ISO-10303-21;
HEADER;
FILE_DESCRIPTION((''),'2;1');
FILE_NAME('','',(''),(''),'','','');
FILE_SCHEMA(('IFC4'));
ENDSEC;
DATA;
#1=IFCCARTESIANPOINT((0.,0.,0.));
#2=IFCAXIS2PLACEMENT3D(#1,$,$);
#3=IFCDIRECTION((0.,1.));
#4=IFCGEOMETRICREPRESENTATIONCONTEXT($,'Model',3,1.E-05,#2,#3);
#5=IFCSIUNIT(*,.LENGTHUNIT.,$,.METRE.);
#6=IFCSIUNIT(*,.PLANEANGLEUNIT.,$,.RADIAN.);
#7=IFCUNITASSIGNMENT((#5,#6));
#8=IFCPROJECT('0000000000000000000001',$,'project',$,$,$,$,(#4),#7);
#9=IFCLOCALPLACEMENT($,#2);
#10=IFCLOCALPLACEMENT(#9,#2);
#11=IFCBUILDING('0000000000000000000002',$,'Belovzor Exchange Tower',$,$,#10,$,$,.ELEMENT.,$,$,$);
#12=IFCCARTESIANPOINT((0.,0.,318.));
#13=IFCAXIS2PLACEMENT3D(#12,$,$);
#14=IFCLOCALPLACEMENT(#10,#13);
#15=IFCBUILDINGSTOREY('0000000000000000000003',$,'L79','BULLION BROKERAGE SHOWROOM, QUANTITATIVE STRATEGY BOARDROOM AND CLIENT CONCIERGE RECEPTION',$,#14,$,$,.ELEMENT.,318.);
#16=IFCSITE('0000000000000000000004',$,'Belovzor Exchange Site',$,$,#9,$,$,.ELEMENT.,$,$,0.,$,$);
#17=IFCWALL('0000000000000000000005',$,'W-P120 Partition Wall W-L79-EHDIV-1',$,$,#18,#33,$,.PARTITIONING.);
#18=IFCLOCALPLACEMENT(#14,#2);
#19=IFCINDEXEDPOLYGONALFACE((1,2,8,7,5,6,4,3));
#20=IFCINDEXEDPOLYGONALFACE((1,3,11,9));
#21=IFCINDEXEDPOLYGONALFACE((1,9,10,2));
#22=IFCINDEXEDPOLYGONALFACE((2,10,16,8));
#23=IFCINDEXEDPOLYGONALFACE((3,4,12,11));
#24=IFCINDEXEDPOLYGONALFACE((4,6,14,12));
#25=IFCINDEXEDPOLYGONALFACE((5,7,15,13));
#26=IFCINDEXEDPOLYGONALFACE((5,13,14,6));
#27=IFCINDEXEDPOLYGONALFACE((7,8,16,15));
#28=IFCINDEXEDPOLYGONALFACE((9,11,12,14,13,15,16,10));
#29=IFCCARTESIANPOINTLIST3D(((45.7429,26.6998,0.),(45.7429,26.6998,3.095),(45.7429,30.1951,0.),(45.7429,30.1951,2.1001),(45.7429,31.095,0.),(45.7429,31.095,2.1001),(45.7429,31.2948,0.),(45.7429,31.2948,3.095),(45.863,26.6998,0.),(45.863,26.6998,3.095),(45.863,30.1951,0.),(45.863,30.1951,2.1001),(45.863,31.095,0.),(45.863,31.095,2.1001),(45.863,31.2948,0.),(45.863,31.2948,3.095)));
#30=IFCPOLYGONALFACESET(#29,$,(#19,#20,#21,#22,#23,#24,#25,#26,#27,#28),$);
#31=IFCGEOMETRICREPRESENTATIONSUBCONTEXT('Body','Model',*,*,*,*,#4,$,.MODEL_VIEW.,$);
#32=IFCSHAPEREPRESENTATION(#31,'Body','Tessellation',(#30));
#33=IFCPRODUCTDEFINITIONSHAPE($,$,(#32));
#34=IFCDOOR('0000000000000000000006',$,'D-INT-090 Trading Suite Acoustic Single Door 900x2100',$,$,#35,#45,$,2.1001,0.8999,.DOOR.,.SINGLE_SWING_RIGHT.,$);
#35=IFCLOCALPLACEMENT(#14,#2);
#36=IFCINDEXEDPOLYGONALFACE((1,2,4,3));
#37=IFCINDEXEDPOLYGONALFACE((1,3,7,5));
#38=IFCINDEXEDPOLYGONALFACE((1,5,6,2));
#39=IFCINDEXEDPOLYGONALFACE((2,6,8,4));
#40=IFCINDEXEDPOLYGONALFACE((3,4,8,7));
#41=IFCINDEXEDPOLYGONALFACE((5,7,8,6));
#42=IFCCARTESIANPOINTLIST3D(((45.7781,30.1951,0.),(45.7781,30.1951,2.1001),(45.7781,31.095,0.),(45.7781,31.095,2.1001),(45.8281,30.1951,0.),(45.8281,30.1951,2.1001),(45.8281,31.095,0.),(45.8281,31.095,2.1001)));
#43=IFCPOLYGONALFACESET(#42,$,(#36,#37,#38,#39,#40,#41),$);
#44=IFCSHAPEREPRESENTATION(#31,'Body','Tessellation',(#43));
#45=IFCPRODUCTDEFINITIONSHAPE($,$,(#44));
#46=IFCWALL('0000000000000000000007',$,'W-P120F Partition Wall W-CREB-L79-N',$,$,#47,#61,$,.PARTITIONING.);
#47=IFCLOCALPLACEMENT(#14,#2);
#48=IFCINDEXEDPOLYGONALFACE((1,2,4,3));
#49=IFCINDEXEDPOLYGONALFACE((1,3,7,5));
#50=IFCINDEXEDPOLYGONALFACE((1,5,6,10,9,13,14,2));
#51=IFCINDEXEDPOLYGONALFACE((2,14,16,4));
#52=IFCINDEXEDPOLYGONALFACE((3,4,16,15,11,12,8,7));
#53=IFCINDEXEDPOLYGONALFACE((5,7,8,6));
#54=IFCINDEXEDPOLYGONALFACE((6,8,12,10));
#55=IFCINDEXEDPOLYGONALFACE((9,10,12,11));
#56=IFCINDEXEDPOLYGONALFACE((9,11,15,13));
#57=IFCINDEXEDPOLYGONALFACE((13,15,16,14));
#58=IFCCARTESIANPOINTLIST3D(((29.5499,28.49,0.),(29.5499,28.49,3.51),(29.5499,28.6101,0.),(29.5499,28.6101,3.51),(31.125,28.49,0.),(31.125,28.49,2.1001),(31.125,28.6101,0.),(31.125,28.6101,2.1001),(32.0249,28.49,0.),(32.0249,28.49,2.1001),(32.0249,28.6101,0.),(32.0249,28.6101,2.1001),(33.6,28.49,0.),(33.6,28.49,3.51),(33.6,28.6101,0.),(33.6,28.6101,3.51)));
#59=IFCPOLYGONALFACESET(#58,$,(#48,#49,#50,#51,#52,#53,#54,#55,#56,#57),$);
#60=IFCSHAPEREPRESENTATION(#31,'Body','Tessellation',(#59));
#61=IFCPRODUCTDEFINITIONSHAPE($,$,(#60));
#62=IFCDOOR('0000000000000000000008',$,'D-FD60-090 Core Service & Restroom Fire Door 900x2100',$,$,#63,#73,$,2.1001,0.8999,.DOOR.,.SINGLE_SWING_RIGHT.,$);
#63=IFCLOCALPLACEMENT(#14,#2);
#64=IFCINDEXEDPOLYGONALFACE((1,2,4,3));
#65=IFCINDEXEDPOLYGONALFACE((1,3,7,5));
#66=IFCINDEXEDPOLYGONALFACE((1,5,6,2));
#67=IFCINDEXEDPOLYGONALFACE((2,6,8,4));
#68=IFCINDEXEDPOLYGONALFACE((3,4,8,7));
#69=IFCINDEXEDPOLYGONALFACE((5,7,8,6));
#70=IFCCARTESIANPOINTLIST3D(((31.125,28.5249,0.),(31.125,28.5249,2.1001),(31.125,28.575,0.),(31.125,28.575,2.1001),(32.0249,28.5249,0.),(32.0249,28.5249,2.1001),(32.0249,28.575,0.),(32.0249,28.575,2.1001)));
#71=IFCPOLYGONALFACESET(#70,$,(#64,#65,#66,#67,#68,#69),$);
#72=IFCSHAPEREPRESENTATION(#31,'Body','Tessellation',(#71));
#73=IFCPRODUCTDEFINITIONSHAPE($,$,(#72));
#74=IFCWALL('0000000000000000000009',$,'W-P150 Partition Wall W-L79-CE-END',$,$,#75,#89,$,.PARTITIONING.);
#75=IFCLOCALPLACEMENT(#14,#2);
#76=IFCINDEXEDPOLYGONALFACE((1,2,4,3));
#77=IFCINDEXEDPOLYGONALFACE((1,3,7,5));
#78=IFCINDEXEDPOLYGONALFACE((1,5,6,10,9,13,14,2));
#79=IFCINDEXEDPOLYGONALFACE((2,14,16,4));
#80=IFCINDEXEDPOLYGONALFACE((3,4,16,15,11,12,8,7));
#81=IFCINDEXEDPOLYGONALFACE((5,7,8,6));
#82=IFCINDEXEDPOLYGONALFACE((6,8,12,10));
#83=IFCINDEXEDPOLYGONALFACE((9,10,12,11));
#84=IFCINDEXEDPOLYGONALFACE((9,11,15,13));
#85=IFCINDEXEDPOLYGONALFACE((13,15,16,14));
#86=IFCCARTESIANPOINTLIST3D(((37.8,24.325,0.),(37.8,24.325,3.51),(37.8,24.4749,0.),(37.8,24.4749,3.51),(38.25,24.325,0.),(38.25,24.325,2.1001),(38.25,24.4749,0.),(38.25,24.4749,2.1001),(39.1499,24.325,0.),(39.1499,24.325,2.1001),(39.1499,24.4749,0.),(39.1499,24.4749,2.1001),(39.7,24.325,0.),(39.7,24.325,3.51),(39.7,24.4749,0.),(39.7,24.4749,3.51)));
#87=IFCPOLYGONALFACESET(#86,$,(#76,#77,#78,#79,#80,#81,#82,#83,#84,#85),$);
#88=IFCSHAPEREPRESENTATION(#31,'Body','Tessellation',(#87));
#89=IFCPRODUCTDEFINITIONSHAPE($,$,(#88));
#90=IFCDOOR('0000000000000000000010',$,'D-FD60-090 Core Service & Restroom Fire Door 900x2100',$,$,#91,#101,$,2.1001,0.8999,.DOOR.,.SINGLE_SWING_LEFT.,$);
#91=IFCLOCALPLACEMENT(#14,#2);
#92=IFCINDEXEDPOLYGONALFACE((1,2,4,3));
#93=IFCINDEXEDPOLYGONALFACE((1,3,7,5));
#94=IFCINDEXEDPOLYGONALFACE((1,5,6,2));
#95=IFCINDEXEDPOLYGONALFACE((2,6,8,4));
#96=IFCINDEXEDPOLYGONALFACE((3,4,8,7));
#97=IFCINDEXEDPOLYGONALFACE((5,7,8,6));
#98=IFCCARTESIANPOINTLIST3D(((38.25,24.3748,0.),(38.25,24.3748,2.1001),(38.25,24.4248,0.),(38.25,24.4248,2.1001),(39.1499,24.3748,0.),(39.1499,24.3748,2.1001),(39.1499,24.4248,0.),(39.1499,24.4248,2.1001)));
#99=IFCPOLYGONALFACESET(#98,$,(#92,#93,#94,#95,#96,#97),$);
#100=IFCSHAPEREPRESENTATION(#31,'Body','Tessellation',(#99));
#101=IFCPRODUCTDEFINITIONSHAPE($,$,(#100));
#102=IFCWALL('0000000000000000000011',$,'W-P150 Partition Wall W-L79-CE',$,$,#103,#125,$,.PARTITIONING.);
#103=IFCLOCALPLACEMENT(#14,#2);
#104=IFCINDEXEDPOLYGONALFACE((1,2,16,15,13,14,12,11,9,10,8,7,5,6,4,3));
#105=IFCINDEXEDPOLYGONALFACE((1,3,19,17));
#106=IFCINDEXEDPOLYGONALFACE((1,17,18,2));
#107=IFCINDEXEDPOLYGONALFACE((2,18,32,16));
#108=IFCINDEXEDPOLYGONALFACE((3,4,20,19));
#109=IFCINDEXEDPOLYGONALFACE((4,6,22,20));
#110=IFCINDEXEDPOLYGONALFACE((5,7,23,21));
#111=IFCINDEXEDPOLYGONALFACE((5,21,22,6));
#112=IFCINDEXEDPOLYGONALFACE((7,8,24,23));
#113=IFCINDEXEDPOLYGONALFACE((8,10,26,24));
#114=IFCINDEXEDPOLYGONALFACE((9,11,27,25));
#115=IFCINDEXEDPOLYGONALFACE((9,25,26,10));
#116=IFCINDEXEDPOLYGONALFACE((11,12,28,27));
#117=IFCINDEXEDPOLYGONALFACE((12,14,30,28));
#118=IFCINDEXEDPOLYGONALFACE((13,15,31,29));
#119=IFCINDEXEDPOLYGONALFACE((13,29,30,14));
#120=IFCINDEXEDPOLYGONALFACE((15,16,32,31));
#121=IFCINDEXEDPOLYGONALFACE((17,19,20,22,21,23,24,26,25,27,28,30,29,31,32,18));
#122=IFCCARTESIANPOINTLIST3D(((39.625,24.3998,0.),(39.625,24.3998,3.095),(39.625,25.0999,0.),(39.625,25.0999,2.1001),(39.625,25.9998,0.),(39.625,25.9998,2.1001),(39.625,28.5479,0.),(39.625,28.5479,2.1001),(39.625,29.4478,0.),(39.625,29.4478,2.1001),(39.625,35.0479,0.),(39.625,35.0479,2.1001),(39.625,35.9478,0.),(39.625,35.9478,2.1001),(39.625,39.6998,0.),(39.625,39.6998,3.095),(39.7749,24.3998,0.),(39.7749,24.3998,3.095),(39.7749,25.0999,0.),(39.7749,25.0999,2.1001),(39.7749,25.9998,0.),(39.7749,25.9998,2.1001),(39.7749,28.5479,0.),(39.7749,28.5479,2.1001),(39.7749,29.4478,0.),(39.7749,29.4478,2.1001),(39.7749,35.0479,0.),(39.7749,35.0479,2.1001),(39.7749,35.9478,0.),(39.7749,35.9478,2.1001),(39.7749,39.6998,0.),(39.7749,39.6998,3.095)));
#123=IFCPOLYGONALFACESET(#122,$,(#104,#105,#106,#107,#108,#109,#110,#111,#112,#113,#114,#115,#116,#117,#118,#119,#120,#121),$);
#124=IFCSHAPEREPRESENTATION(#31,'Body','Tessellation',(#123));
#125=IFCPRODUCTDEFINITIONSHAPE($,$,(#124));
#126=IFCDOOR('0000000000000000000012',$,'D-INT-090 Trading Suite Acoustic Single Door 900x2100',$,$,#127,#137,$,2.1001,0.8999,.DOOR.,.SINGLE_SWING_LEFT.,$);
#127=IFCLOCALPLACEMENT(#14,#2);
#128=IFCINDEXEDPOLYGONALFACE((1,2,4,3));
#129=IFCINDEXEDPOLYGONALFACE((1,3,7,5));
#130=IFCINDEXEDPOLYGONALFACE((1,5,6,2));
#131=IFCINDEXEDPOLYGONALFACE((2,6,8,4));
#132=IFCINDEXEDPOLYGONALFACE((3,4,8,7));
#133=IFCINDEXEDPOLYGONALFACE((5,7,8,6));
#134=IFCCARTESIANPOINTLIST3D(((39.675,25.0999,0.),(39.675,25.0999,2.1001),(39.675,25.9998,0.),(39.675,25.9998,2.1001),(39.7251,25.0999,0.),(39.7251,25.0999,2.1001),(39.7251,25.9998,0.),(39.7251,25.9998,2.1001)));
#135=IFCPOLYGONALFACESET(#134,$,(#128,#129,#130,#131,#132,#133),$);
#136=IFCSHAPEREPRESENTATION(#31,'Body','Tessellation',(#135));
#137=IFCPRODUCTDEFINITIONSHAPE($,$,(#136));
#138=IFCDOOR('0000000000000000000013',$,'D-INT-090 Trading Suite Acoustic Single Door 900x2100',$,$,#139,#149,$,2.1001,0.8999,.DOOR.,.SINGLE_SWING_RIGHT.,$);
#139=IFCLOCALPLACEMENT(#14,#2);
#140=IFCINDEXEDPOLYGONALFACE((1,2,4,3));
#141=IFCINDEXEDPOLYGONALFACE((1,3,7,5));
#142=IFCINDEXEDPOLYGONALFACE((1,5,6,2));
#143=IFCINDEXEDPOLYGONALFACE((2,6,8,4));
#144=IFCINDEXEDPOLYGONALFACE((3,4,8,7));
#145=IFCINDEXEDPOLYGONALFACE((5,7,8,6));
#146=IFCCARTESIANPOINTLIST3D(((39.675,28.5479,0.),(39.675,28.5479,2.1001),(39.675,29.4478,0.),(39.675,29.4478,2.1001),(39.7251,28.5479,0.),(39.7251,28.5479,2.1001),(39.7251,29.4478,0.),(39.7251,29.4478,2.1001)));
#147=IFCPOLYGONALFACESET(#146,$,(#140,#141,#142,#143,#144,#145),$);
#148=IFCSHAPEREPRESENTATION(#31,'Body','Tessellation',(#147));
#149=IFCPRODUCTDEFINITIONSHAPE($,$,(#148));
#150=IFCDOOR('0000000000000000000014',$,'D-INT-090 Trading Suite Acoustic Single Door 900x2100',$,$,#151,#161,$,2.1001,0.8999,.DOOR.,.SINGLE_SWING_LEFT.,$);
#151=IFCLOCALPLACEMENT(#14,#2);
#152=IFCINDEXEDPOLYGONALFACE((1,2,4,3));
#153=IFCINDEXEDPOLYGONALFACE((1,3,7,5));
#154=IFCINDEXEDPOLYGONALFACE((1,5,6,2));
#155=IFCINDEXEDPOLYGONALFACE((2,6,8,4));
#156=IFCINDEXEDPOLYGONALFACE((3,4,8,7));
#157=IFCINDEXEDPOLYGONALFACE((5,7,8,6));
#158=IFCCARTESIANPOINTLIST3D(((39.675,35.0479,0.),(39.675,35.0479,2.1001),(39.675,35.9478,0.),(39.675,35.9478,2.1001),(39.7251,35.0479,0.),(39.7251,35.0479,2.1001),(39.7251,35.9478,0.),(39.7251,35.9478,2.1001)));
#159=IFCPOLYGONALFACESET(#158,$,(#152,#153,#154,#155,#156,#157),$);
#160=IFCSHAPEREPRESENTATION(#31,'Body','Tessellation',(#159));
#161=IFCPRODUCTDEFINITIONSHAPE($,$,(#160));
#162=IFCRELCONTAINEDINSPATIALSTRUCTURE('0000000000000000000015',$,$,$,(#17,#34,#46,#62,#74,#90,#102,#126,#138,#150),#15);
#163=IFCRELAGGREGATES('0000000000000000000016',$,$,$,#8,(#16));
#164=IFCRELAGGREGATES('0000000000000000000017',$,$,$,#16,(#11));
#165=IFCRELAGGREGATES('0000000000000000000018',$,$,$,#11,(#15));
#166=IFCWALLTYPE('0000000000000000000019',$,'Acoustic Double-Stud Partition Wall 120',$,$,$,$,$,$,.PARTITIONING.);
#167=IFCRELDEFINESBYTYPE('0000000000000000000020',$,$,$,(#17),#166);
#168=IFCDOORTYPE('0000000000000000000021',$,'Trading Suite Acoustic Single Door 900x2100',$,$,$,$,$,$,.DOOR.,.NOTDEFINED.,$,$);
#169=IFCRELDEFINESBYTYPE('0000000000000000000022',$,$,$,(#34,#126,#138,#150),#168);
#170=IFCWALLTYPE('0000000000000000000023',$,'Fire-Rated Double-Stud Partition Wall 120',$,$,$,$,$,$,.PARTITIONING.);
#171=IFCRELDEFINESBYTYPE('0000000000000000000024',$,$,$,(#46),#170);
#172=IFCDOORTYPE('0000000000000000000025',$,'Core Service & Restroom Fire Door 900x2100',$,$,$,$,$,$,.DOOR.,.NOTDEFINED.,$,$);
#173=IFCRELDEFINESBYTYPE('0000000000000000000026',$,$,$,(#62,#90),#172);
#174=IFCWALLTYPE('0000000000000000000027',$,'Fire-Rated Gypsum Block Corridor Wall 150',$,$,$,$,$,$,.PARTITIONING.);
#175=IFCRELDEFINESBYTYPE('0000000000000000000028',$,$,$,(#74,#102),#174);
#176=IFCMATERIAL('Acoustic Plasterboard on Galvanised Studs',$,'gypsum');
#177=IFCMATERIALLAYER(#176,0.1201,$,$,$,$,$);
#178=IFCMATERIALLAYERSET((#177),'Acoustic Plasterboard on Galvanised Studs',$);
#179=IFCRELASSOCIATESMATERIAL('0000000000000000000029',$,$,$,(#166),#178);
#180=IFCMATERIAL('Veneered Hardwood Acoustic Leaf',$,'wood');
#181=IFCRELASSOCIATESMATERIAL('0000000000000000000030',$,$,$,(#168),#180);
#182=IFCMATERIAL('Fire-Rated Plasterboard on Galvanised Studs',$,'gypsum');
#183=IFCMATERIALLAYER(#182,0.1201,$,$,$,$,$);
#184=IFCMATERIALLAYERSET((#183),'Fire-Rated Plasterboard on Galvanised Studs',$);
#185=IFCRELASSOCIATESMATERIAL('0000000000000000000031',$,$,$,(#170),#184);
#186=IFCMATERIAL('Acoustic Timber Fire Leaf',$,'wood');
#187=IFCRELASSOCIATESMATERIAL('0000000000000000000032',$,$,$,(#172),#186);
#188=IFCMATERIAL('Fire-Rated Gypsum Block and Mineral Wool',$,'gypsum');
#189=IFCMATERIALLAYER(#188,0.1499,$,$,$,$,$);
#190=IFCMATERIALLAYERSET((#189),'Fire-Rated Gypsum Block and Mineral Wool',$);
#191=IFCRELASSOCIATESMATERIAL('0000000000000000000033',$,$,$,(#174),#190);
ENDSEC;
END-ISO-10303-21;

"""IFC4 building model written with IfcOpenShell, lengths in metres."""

from ifc_helpers import new_model, si_unit, direction, frame, frame_2d, origin, place, context, subcontext, project, spatial, rectangle, extrude, material, layer, layer_set, type_object, element, fill, save


model = new_model("IFC4")

# Units and contexts
model_context = context("Model", 3, precision=1e-05, world=origin(), true_north=direction((0.0, 1.0)))
body_context = subcontext(model_context, "Body", "Model", "MODEL_VIEW")
ifc_project = project(units=[si_unit("LENGTHUNIT", "METRE"), si_unit("PLANEANGLEUNIT", "RADIAN")], contexts=[model_context])

# Site, building, storey
site_placement = place(None, origin())
site = spatial("IfcSite", under=ifc_project, at=site_placement, Name="Belovzor Exchange Site", CompositionType="ELEMENT", RefElevation=0.0)
building_placement = place(site_placement, origin())
building = spatial("IfcBuilding", under=site, at=building_placement, Name="Belovzor Exchange Tower", CompositionType="ELEMENT")
storey_placement = place(building_placement, frame((0.0, 0.0, 318.0)))
storey = spatial("IfcBuildingStorey", under=building, at=storey_placement, Name="L79", Description="BULLION BROKERAGE SHOWROOM, QUANTITATIVE STRATEGY BOARDROOM AND CLIENT CONCIERGE RECEPTION", CompositionType="ELEMENT", Elevation=318.0)

# Shared definitions
ifc_material_1 = material(Name="Acoustic Plasterboard on Galvanised Studs", Category="gypsum")
ifc_layer_1 = layer(ifc_material_1, 0.1201)
ifc_layer_set_1 = layer_set([ifc_layer_1], Name="Acoustic Plasterboard on Galvanised Studs")
wall_type_1 = type_object("IfcWallType", Name="Acoustic Double-Stud Partition Wall 120", PredefinedType="PARTITIONING", material=ifc_layer_set_1)

# Shared definitions
ifc_material_2 = material(Name="Veneered Hardwood Acoustic Leaf", Category="wood")
door_type_1 = type_object("IfcDoorType", Name="Trading Suite Acoustic Single Door 900x2100", OperationType="NOTDEFINED", PredefinedType="DOOR", material=ifc_material_2)

# Walls, openings, doors
wall_1_placement = place(storey_placement, frame((45.803, 26.7, 0.0), z_axis=(0.0, 0.0, 1.0), x_axis=(0.0, 1.0, 0.0)))
wall_1 = element("IfcWall", 1, at=wall_1_placement, inside=storey, type_object=wall_type_1, Name="W-P120 Partition Wall W-L79-EHDIV-1", PredefinedType="PARTITIONING", context=body_context, shape_type="SweptSolid", body=[
    extrude(rectangle(XDim=4.595, YDim=0.1201, at=frame_2d((2.2974, 0.0))), origin(), (0.0, 0.0, 1.0), 3.095),
])
opening_1_placement = place(wall_1_placement, frame((3.4951, 0.0, 0.0)))
opening_1 = element("IfcOpeningElement", 2, at=opening_1_placement, cuts=wall_1, PredefinedType="OPENING", context=body_context, shape_type="SweptSolid", body=[
    extrude(rectangle(XDim=0.8999, YDim=2.1001, at=frame_2d((0.45, 1.05))), frame((0.0, 0.0701, 0.0), z_axis=(0.0, -1.0, 0.0), x_axis=(1.0, 0.0, 0.0)), (0.0, 0.0, 1.0), 0.1401),
])
door_1_placement = place(opening_1_placement, origin())
door_1 = element("IfcDoor", 3, at=door_1_placement, inside=storey, type_object=door_type_1, Name="D-INT-090 Trading Suite Acoustic Single Door 900x2100", OperationType="SINGLE_SWING_RIGHT", OverallHeight=2.1001, OverallWidth=0.8999, PredefinedType="DOOR", context=body_context, shape_type="SweptSolid", body=[
    extrude(rectangle(XDim=0.8999, YDim=2.1001, at=frame_2d((0.45, 1.05))), frame((0.0, 0.0249, 0.0), z_axis=(0.0, -1.0, 0.0), x_axis=(1.0, 0.0, 0.0)), (0.0, 0.0, 1.0), 0.05),
])
fill(opening_1, door_1)
ifc_material_3 = material(Name="Fire-Rated Plasterboard on Galvanised Studs", Category="gypsum")
ifc_layer_2 = layer(ifc_material_3, 0.1201)
ifc_layer_set_2 = layer_set([ifc_layer_2], Name="Fire-Rated Plasterboard on Galvanised Studs")
wall_type_2 = type_object("IfcWallType", Name="Fire-Rated Double-Stud Partition Wall 120", PredefinedType="PARTITIONING", material=ifc_layer_set_2)
wall_2_placement = place(storey_placement, frame((29.55, 28.55, 0.0), z_axis=(0.0, 0.0, 1.0), x_axis=(1.0, 0.0, 0.0)))
wall_2 = element("IfcWall", 4, at=wall_2_placement, inside=storey, type_object=wall_type_2, Name="W-P120F Partition Wall W-CREB-L79-N", PredefinedType="PARTITIONING", context=body_context, shape_type="SweptSolid", body=[
    extrude(rectangle(XDim=4.05, YDim=0.1201, at=frame_2d((2.0249, 0.0))), origin(), (0.0, 0.0, 1.0), 3.51),
])
opening_2_placement = place(wall_2_placement, frame((1.575, 0.0, 0.0)))
opening_2 = element("IfcOpeningElement", 5, at=opening_2_placement, cuts=wall_2, PredefinedType="OPENING", context=body_context, shape_type="SweptSolid", body=[
    extrude(rectangle(XDim=0.8999, YDim=2.1001, at=frame_2d((0.45, 1.05))), frame((0.0, 0.0701, 0.0), z_axis=(0.0, -1.0, 0.0), x_axis=(1.0, 0.0, 0.0)), (0.0, 0.0, 1.0), 0.1401),
])
ifc_material_4 = material(Name="Acoustic Timber Fire Leaf", Category="wood")
door_type_2 = type_object("IfcDoorType", Name="Core Service & Restroom Fire Door 900x2100", OperationType="NOTDEFINED", PredefinedType="DOOR", material=ifc_material_4)
door_2_placement = place(opening_2_placement, origin())
door_2 = element("IfcDoor", 6, at=door_2_placement, inside=storey, type_object=door_type_2, Name="D-FD60-090 Core Service & Restroom Fire Door 900x2100", OperationType="SINGLE_SWING_RIGHT", OverallHeight=2.1001, OverallWidth=0.8999, PredefinedType="DOOR", context=body_context, shape_type="SweptSolid", body=[
    extrude(rectangle(XDim=0.8999, YDim=2.1001, at=frame_2d((0.45, 1.05))), frame((0.0, 0.0249, 0.0), z_axis=(0.0, -1.0, 0.0), x_axis=(1.0, 0.0, 0.0)), (0.0, 0.0, 1.0), 0.05),
])
fill(opening_2, door_2)
ifc_material_5 = material(Name="Fire-Rated Gypsum Block and Mineral Wool", Category="gypsum")
ifc_layer_3 = layer(ifc_material_5, 0.1499)
ifc_layer_set_3 = layer_set([ifc_layer_3], Name="Fire-Rated Gypsum Block and Mineral Wool")
wall_type_3 = type_object("IfcWallType", Name="Fire-Rated Gypsum Block Corridor Wall 150", PredefinedType="PARTITIONING", material=ifc_layer_set_3)
wall_3_placement = place(storey_placement, frame((37.8, 24.3999, 0.0), z_axis=(0.0, 0.0, 1.0), x_axis=(1.0, 0.0, 0.0)))
wall_3 = element("IfcWall", 7, at=wall_3_placement, inside=storey, type_object=wall_type_3, Name="W-P150 Partition Wall W-L79-CE-END", PredefinedType="PARTITIONING", context=body_context, shape_type="SweptSolid", body=[
    extrude(rectangle(XDim=1.8999, YDim=0.1499, at=frame_2d((0.95, 0.0))), origin(), (0.0, 0.0, 1.0), 3.51),
])
opening_3_placement = place(wall_3_placement, frame((0.45, 0.0, 0.0)))
opening_3 = element("IfcOpeningElement", 8, at=opening_3_placement, cuts=wall_3, PredefinedType="OPENING", context=body_context, shape_type="SweptSolid", body=[
    extrude(rectangle(XDim=0.8999, YDim=2.1001, at=frame_2d((0.45, 1.05))), frame((0.0, 0.085, 0.0), z_axis=(0.0, -1.0, 0.0), x_axis=(1.0, 0.0, 0.0)), (0.0, 0.0, 1.0), 0.1699),
])
door_3_placement = place(opening_3_placement, origin())
door_3 = element("IfcDoor", 9, at=door_3_placement, inside=storey, type_object=door_type_2, Name="D-FD60-090 Core Service & Restroom Fire Door 900x2100", OperationType="SINGLE_SWING_LEFT", OverallHeight=2.1001, OverallWidth=0.8999, PredefinedType="DOOR", context=body_context, shape_type="SweptSolid", body=[
    extrude(rectangle(XDim=0.8999, YDim=2.1001, at=frame_2d((0.45, 1.05))), frame((0.0, 0.0249, 0.0), z_axis=(0.0, -1.0, 0.0), x_axis=(1.0, 0.0, 0.0)), (0.0, 0.0, 1.0), 0.05),
])
fill(opening_3, door_3)

# Wall, openings, doors
wall_4_placement = place(storey_placement, frame((39.7, 24.3999, 0.0), z_axis=(0.0, 0.0, 1.0), x_axis=(0.0, 1.0, 0.0)))
wall_4 = element("IfcWall", 10, at=wall_4_placement, inside=storey, type_object=wall_type_3, Name="W-P150 Partition Wall W-L79-CE", PredefinedType="PARTITIONING", context=body_context, shape_type="SweptSolid", body=[
    extrude(rectangle(XDim=15.3, YDim=0.1499, at=frame_2d((7.6499, 0.0))), origin(), (0.0, 0.0, 1.0), 3.095),
])
opening_4_placement = place(wall_4_placement, frame((0.7, 0.0, 0.0)))
opening_4 = element("IfcOpeningElement", 11, at=opening_4_placement, cuts=wall_4, PredefinedType="OPENING", context=body_context, shape_type="SweptSolid", body=[
    extrude(rectangle(XDim=0.8999, YDim=2.1001, at=frame_2d((0.45, 1.05))), frame((0.0, 0.085, 0.0), z_axis=(0.0, -1.0, 0.0), x_axis=(1.0, 0.0, 0.0)), (0.0, 0.0, 1.0), 0.1699),
])
opening_5_placement = place(wall_4_placement, frame((4.1479, 0.0, 0.0)))
opening_5 = element("IfcOpeningElement", 12, at=opening_5_placement, cuts=wall_4, PredefinedType="OPENING", context=body_context, shape_type="SweptSolid", body=[
    extrude(rectangle(XDim=0.8999, YDim=2.1001, at=frame_2d((0.45, 1.05))), frame((0.0, 0.085, 0.0), z_axis=(0.0, -1.0, 0.0), x_axis=(1.0, 0.0, 0.0)), (0.0, 0.0, 1.0), 0.1699),
])
opening_6_placement = place(wall_4_placement, frame((10.6479, 0.0, 0.0)))
opening_6 = element("IfcOpeningElement", 13, at=opening_6_placement, cuts=wall_4, PredefinedType="OPENING", context=body_context, shape_type="SweptSolid", body=[
    extrude(rectangle(XDim=0.8999, YDim=2.1001, at=frame_2d((0.45, 1.05))), frame((0.0, 0.085, 0.0), z_axis=(0.0, -1.0, 0.0), x_axis=(1.0, 0.0, 0.0)), (0.0, 0.0, 1.0), 0.1699),
])
door_4_placement = place(opening_4_placement, origin())
door_4 = element("IfcDoor", 14, at=door_4_placement, inside=storey, type_object=door_type_1, Name="D-INT-090 Trading Suite Acoustic Single Door 900x2100", OperationType="SINGLE_SWING_LEFT", OverallHeight=2.1001, OverallWidth=0.8999, PredefinedType="DOOR", context=body_context, shape_type="SweptSolid", body=[
    extrude(rectangle(XDim=0.8999, YDim=2.1001, at=frame_2d((0.45, 1.05))), frame((0.0, 0.0249, 0.0), z_axis=(0.0, -1.0, 0.0), x_axis=(1.0, 0.0, 0.0)), (0.0, 0.0, 1.0), 0.05),
])
fill(opening_4, door_4)
door_5_placement = place(opening_5_placement, origin())
door_5 = element("IfcDoor", 15, at=door_5_placement, inside=storey, type_object=door_type_1, Name="D-INT-090 Trading Suite Acoustic Single Door 900x2100", OperationType="SINGLE_SWING_RIGHT", OverallHeight=2.1001, OverallWidth=0.8999, PredefinedType="DOOR", context=body_context, shape_type="SweptSolid", body=[
    extrude(rectangle(XDim=0.8999, YDim=2.1001, at=frame_2d((0.45, 1.05))), frame((0.0, 0.0249, 0.0), z_axis=(0.0, -1.0, 0.0), x_axis=(1.0, 0.0, 0.0)), (0.0, 0.0, 1.0), 0.05),
])
fill(opening_5, door_5)
door_6_placement = place(opening_6_placement, origin())
door_6 = element("IfcDoor", 16, at=door_6_placement, inside=storey, type_object=door_type_1, Name="D-INT-090 Trading Suite Acoustic Single Door 900x2100", OperationType="SINGLE_SWING_LEFT", OverallHeight=2.1001, OverallWidth=0.8999, PredefinedType="DOOR", context=body_context, shape_type="SweptSolid", body=[
    extrude(rectangle(XDim=0.8999, YDim=2.1001, at=frame_2d((0.45, 1.05))), frame((0.0, 0.0249, 0.0), z_axis=(0.0, -1.0, 0.0), x_axis=(1.0, 0.0, 0.0)), (0.0, 0.0, 1.0), 0.05),
])
fill(opening_6, door_6)

save(model, "model.ifc")
